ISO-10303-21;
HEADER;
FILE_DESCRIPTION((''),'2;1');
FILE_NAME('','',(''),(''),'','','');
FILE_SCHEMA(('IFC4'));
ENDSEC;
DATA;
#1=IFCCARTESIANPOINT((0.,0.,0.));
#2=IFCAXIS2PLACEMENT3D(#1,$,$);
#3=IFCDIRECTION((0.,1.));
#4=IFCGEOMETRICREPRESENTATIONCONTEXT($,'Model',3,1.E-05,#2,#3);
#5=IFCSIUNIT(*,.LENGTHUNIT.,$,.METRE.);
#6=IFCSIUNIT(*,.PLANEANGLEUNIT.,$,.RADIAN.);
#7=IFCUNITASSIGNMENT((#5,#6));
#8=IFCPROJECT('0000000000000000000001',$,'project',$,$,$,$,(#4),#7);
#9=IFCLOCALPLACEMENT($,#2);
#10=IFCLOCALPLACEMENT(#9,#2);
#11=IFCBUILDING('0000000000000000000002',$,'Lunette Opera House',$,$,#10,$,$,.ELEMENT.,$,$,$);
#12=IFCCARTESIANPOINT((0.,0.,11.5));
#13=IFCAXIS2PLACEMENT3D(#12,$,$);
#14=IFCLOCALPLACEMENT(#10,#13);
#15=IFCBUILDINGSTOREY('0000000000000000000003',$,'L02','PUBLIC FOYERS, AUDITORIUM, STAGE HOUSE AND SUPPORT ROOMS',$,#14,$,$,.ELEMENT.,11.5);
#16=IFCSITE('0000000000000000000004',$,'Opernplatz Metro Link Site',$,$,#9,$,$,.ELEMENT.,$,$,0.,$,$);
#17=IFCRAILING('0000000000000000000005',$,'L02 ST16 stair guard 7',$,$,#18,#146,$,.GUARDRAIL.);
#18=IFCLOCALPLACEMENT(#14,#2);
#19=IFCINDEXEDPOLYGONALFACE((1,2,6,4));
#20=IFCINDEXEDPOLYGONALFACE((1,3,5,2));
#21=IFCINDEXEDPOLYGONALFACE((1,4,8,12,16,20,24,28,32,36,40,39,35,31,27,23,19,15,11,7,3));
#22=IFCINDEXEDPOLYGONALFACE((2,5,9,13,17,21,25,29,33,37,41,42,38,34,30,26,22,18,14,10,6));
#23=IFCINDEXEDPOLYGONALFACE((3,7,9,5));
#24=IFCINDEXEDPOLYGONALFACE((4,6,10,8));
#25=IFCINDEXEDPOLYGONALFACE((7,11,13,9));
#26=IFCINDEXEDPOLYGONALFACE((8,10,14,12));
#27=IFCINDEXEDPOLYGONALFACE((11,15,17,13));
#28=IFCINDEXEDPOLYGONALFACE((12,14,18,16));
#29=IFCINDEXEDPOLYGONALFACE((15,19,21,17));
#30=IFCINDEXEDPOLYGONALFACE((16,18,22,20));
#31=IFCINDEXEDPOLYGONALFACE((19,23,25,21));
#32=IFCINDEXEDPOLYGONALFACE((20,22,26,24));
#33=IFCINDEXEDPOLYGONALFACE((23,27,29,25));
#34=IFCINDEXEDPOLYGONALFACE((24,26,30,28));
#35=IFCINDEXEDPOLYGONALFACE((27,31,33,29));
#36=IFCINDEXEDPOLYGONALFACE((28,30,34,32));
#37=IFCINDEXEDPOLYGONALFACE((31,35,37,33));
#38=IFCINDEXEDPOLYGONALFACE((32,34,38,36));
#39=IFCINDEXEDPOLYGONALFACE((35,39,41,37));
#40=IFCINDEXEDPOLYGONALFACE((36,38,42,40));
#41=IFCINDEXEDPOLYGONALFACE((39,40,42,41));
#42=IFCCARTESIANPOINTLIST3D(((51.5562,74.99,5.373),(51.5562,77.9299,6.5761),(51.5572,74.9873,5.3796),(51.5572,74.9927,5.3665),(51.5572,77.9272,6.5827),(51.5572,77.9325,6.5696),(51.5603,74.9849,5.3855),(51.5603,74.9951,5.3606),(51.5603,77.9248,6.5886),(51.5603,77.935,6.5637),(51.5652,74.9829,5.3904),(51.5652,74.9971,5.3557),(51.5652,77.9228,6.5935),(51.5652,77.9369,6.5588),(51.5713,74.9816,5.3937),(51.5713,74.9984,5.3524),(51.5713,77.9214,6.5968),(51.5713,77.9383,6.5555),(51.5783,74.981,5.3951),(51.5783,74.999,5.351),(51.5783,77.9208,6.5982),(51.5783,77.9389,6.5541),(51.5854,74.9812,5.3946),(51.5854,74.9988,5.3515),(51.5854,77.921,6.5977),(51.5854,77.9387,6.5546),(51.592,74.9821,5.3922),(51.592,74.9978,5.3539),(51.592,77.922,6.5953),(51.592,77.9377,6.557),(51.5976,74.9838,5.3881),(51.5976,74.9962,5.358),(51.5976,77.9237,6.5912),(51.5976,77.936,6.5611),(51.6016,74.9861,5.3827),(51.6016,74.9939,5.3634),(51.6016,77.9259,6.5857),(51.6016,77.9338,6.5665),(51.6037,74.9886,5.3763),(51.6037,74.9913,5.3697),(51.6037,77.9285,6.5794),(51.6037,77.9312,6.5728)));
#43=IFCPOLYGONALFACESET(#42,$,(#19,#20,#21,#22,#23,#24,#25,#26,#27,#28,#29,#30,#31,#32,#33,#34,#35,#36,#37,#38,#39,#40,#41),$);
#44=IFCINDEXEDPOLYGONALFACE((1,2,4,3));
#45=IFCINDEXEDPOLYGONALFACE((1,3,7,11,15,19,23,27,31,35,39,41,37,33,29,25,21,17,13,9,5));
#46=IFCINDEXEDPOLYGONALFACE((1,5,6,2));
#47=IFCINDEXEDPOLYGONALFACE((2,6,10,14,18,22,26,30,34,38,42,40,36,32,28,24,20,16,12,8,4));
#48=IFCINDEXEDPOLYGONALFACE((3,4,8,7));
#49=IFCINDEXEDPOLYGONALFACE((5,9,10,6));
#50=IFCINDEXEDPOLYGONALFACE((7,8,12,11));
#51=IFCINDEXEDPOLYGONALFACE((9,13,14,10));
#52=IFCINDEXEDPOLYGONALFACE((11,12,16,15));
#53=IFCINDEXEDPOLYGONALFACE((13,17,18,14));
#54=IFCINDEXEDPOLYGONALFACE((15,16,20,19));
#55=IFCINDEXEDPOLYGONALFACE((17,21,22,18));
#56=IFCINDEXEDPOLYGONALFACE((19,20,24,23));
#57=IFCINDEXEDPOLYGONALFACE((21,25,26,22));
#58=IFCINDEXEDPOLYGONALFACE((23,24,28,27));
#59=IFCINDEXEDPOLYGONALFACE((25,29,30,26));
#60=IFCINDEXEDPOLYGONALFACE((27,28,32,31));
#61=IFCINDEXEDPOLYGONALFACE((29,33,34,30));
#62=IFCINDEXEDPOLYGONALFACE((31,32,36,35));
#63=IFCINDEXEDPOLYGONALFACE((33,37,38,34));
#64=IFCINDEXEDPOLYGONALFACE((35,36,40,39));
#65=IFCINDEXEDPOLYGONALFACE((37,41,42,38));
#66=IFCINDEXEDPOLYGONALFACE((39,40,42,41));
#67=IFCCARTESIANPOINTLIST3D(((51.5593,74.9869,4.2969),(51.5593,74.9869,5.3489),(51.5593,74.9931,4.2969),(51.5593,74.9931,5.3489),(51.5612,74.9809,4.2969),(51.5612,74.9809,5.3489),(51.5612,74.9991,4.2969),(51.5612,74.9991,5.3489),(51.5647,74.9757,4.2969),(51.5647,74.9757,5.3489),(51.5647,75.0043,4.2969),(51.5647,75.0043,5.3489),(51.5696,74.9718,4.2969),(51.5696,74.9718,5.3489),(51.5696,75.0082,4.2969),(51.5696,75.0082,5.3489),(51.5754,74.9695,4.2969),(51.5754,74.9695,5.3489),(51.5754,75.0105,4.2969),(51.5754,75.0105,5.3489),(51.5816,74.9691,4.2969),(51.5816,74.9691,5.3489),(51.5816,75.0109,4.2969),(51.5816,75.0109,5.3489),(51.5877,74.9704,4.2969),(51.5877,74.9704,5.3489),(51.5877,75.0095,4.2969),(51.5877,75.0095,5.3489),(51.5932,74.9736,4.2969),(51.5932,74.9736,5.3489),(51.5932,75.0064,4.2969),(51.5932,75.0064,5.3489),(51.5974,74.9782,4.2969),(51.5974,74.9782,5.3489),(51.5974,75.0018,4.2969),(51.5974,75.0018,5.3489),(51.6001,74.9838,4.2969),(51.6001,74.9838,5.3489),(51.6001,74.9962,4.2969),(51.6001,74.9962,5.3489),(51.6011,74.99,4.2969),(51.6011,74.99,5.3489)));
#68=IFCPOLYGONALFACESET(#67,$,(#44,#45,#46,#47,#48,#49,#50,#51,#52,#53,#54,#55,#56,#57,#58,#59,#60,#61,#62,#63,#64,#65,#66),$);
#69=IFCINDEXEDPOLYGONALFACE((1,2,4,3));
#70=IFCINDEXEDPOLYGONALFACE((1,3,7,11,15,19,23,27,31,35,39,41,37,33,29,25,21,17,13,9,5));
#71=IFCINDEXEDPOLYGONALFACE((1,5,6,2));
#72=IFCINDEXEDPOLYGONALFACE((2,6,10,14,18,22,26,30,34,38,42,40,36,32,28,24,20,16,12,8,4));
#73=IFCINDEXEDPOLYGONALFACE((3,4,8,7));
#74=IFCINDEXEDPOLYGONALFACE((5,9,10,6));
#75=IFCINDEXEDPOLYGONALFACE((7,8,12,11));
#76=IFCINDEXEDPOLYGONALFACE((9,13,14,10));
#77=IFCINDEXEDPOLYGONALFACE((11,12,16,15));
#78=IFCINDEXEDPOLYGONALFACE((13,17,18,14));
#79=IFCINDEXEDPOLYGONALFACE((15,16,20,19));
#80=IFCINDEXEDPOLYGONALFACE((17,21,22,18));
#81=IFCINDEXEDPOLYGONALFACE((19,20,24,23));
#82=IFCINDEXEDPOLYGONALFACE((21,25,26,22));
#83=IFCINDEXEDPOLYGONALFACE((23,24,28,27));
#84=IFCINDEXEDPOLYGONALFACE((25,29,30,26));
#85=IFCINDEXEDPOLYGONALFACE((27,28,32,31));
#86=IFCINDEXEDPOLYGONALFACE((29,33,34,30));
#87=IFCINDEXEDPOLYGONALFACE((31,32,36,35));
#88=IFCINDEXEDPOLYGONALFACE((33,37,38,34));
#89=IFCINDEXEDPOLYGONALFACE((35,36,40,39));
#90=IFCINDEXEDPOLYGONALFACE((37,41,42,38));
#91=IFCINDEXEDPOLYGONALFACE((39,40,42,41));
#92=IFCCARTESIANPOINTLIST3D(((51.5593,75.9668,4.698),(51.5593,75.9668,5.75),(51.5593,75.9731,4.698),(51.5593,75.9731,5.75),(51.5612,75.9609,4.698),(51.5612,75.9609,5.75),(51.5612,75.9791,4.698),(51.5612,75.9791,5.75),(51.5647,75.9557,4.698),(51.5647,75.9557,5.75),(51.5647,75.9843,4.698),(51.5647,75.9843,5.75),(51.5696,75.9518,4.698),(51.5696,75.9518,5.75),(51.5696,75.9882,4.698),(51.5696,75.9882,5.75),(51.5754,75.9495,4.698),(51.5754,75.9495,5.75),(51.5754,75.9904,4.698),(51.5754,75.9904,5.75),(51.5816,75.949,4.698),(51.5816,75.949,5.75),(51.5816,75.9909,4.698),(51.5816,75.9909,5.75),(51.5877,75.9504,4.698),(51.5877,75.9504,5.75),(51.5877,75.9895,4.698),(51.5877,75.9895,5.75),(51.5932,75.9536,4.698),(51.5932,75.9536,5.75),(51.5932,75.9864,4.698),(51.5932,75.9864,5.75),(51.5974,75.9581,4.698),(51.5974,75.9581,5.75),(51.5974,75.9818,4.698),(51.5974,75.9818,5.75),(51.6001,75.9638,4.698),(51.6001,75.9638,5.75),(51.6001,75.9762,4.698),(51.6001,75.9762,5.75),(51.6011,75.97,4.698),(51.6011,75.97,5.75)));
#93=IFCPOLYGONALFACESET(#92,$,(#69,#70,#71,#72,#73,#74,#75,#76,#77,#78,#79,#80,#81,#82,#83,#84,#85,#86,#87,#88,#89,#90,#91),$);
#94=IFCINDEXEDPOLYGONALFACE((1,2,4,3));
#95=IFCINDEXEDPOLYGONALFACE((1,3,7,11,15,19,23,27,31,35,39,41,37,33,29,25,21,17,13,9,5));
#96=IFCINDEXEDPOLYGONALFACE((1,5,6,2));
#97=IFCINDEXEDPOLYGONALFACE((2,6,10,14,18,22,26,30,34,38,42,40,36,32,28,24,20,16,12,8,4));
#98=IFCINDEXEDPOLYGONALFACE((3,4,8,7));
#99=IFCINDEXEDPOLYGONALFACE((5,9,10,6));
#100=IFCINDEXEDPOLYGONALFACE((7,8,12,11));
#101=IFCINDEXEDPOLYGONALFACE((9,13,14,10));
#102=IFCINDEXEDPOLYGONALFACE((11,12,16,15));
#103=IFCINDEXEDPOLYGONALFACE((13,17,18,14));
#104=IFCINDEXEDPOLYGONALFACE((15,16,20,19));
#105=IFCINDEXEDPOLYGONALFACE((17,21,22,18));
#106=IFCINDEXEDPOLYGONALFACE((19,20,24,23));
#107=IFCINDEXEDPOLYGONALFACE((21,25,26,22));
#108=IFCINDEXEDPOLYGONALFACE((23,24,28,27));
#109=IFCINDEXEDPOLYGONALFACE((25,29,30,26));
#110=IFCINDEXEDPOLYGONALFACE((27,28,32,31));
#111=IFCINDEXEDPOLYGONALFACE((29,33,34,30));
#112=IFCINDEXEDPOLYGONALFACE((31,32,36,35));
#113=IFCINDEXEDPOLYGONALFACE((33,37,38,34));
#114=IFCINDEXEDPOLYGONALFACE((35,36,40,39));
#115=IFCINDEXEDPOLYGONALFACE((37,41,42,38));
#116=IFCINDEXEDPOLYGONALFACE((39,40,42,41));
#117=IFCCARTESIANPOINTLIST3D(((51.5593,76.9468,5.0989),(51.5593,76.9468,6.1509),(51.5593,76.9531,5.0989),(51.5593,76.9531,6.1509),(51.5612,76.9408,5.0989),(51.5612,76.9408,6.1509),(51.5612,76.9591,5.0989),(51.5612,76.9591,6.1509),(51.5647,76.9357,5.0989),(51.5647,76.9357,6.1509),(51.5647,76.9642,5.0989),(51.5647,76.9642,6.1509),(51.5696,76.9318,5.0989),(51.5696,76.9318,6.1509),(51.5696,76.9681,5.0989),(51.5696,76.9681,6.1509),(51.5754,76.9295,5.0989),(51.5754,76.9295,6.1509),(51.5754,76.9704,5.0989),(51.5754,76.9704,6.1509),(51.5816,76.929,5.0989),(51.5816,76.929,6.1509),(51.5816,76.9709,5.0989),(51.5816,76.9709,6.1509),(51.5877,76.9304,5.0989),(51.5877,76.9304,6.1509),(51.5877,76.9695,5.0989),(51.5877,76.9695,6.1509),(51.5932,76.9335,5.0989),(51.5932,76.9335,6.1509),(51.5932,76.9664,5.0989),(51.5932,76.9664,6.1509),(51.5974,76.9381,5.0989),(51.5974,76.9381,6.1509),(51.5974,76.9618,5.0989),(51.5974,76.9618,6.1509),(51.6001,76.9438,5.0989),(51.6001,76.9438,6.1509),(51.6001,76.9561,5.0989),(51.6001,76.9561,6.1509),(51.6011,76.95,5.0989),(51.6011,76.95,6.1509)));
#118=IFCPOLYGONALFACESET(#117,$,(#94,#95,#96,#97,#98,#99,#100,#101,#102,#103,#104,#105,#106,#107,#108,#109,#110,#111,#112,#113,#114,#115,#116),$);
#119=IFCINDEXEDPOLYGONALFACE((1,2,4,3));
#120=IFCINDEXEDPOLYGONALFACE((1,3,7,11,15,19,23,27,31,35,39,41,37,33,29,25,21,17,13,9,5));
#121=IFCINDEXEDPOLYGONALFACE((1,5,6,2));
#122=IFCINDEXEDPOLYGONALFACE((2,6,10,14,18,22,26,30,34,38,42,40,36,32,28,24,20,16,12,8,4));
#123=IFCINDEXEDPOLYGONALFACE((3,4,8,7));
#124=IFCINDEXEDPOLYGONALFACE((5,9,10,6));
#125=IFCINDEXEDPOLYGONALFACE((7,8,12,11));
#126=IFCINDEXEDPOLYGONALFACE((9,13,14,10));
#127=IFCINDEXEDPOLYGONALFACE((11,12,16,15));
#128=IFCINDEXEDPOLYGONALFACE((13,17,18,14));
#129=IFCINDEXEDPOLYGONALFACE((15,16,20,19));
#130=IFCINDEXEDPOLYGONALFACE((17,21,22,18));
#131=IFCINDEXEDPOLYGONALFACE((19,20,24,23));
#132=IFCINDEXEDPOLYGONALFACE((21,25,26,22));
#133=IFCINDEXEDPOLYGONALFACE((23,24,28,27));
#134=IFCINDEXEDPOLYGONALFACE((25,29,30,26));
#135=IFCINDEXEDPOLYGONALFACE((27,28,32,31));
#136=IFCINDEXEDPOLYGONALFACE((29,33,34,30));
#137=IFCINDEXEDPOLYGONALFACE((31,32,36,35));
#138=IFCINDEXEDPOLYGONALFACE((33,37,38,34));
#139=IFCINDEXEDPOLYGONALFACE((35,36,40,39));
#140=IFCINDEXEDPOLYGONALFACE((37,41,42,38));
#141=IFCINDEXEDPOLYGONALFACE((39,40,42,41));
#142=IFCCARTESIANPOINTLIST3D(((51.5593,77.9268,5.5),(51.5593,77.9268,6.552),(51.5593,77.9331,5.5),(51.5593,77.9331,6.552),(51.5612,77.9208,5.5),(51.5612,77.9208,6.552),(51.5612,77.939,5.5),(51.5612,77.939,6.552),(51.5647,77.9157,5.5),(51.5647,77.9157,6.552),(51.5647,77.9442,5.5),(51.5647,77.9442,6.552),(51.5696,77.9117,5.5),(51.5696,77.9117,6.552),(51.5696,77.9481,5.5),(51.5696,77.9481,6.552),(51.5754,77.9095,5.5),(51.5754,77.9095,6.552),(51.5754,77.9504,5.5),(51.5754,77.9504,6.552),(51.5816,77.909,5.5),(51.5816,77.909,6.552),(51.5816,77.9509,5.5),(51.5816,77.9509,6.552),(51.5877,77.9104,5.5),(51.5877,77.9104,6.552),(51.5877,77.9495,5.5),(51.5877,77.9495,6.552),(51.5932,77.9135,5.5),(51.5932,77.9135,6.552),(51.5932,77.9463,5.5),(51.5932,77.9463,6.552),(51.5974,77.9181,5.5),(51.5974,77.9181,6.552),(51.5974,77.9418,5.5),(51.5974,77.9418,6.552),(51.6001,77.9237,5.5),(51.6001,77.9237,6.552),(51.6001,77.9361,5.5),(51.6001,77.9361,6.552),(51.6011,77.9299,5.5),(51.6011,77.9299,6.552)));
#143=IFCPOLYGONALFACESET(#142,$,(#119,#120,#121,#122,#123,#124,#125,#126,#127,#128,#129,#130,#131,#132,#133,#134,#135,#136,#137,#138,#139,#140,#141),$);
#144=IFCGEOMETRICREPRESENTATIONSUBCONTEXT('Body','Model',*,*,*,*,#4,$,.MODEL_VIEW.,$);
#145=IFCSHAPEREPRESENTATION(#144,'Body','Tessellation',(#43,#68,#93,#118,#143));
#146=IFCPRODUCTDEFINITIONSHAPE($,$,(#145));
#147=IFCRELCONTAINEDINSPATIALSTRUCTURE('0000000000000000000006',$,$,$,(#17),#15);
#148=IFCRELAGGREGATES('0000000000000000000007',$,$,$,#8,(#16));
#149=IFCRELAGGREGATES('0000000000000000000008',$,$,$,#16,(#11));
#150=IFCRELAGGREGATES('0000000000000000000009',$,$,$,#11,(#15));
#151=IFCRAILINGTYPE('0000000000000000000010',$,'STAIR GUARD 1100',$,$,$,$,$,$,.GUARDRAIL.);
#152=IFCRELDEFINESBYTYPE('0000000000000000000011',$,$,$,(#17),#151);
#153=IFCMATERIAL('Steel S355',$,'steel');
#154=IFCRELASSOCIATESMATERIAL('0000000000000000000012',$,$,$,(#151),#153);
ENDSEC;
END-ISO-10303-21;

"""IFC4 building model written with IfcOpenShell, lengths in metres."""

from ifc_helpers import new_model, si_unit, direction, frame, origin, origin_2d, place, context, subcontext, project, spatial, circle, extrude, material, type_object, element, save


model = new_model("IFC4")

# Units and contexts
model_context = context("Model", 3, precision=1e-05, world=origin(), true_north=direction((0.0, 1.0)))
body_context = subcontext(model_context, "Body", "Model", "MODEL_VIEW")
ifc_project = project(units=[si_unit("LENGTHUNIT", "METRE"), si_unit("PLANEANGLEUNIT", "RADIAN")], contexts=[model_context])

# Site, building, storey
site_placement = place(None, origin())
site = spatial("IfcSite", under=ifc_project, at=site_placement, Name="Opernplatz Metro Link Site", CompositionType="ELEMENT", RefElevation=0.0)
building_placement = place(site_placement, origin())
building = spatial("IfcBuilding", under=site, at=building_placement, Name="Lunette Opera House", CompositionType="ELEMENT")
storey_placement = place(building_placement, frame((0.0, 0.0, 11.5)))
storey = spatial("IfcBuildingStorey", under=building, at=storey_placement, Name="L02", Description="PUBLIC FOYERS, AUDITORIUM, STAGE HOUSE AND SUPPORT ROOMS", CompositionType="ELEMENT", Elevation=11.5)

# Railing
ifc_material_1 = material(Name="Steel S355", Category="steel")
railing_type_1 = type_object("IfcRailingType", Name="STAIR GUARD 1100", PredefinedType="GUARDRAIL", material=ifc_material_1)
railing_1_placement = place(storey_placement, frame((51.5801, 74.99, 4.2969)))
element("IfcRailing", 1, at=railing_1_placement, inside=storey, type_object=railing_type_1, Name="L02 ST16 stair guard 7", PredefinedType="GUARDRAIL", context=body_context, shape_type="SweptSolid", body=[
    extrude(circle(Radius=0.0239, at=origin_2d()), frame((0.0, 0.0, 1.0762), z_axis=(0.0, 0.9255, 0.378747), x_axis=(-1.0, 0.0, 0.0)), (0.0, 0.0, 1.0), 3.1765),
    extrude(circle(Radius=0.021, at=origin_2d()), origin(), (0.0, 0.0, 1.0), 1.052),
    extrude(circle(Radius=0.021, at=origin_2d()), frame((0.0, 0.98, 0.4011)), (0.0, 0.0, 1.0), 1.052),
    extrude(circle(Radius=0.021, at=origin_2d()), frame((0.0, 1.96, 0.802)), (0.0, 0.0, 1.0), 1.052),
    extrude(circle(Radius=0.021, at=origin_2d()), frame((0.0, 2.9399, 1.2031)), (0.0, 0.0, 1.0), 1.052),
])

save(model, "model.ifc")
